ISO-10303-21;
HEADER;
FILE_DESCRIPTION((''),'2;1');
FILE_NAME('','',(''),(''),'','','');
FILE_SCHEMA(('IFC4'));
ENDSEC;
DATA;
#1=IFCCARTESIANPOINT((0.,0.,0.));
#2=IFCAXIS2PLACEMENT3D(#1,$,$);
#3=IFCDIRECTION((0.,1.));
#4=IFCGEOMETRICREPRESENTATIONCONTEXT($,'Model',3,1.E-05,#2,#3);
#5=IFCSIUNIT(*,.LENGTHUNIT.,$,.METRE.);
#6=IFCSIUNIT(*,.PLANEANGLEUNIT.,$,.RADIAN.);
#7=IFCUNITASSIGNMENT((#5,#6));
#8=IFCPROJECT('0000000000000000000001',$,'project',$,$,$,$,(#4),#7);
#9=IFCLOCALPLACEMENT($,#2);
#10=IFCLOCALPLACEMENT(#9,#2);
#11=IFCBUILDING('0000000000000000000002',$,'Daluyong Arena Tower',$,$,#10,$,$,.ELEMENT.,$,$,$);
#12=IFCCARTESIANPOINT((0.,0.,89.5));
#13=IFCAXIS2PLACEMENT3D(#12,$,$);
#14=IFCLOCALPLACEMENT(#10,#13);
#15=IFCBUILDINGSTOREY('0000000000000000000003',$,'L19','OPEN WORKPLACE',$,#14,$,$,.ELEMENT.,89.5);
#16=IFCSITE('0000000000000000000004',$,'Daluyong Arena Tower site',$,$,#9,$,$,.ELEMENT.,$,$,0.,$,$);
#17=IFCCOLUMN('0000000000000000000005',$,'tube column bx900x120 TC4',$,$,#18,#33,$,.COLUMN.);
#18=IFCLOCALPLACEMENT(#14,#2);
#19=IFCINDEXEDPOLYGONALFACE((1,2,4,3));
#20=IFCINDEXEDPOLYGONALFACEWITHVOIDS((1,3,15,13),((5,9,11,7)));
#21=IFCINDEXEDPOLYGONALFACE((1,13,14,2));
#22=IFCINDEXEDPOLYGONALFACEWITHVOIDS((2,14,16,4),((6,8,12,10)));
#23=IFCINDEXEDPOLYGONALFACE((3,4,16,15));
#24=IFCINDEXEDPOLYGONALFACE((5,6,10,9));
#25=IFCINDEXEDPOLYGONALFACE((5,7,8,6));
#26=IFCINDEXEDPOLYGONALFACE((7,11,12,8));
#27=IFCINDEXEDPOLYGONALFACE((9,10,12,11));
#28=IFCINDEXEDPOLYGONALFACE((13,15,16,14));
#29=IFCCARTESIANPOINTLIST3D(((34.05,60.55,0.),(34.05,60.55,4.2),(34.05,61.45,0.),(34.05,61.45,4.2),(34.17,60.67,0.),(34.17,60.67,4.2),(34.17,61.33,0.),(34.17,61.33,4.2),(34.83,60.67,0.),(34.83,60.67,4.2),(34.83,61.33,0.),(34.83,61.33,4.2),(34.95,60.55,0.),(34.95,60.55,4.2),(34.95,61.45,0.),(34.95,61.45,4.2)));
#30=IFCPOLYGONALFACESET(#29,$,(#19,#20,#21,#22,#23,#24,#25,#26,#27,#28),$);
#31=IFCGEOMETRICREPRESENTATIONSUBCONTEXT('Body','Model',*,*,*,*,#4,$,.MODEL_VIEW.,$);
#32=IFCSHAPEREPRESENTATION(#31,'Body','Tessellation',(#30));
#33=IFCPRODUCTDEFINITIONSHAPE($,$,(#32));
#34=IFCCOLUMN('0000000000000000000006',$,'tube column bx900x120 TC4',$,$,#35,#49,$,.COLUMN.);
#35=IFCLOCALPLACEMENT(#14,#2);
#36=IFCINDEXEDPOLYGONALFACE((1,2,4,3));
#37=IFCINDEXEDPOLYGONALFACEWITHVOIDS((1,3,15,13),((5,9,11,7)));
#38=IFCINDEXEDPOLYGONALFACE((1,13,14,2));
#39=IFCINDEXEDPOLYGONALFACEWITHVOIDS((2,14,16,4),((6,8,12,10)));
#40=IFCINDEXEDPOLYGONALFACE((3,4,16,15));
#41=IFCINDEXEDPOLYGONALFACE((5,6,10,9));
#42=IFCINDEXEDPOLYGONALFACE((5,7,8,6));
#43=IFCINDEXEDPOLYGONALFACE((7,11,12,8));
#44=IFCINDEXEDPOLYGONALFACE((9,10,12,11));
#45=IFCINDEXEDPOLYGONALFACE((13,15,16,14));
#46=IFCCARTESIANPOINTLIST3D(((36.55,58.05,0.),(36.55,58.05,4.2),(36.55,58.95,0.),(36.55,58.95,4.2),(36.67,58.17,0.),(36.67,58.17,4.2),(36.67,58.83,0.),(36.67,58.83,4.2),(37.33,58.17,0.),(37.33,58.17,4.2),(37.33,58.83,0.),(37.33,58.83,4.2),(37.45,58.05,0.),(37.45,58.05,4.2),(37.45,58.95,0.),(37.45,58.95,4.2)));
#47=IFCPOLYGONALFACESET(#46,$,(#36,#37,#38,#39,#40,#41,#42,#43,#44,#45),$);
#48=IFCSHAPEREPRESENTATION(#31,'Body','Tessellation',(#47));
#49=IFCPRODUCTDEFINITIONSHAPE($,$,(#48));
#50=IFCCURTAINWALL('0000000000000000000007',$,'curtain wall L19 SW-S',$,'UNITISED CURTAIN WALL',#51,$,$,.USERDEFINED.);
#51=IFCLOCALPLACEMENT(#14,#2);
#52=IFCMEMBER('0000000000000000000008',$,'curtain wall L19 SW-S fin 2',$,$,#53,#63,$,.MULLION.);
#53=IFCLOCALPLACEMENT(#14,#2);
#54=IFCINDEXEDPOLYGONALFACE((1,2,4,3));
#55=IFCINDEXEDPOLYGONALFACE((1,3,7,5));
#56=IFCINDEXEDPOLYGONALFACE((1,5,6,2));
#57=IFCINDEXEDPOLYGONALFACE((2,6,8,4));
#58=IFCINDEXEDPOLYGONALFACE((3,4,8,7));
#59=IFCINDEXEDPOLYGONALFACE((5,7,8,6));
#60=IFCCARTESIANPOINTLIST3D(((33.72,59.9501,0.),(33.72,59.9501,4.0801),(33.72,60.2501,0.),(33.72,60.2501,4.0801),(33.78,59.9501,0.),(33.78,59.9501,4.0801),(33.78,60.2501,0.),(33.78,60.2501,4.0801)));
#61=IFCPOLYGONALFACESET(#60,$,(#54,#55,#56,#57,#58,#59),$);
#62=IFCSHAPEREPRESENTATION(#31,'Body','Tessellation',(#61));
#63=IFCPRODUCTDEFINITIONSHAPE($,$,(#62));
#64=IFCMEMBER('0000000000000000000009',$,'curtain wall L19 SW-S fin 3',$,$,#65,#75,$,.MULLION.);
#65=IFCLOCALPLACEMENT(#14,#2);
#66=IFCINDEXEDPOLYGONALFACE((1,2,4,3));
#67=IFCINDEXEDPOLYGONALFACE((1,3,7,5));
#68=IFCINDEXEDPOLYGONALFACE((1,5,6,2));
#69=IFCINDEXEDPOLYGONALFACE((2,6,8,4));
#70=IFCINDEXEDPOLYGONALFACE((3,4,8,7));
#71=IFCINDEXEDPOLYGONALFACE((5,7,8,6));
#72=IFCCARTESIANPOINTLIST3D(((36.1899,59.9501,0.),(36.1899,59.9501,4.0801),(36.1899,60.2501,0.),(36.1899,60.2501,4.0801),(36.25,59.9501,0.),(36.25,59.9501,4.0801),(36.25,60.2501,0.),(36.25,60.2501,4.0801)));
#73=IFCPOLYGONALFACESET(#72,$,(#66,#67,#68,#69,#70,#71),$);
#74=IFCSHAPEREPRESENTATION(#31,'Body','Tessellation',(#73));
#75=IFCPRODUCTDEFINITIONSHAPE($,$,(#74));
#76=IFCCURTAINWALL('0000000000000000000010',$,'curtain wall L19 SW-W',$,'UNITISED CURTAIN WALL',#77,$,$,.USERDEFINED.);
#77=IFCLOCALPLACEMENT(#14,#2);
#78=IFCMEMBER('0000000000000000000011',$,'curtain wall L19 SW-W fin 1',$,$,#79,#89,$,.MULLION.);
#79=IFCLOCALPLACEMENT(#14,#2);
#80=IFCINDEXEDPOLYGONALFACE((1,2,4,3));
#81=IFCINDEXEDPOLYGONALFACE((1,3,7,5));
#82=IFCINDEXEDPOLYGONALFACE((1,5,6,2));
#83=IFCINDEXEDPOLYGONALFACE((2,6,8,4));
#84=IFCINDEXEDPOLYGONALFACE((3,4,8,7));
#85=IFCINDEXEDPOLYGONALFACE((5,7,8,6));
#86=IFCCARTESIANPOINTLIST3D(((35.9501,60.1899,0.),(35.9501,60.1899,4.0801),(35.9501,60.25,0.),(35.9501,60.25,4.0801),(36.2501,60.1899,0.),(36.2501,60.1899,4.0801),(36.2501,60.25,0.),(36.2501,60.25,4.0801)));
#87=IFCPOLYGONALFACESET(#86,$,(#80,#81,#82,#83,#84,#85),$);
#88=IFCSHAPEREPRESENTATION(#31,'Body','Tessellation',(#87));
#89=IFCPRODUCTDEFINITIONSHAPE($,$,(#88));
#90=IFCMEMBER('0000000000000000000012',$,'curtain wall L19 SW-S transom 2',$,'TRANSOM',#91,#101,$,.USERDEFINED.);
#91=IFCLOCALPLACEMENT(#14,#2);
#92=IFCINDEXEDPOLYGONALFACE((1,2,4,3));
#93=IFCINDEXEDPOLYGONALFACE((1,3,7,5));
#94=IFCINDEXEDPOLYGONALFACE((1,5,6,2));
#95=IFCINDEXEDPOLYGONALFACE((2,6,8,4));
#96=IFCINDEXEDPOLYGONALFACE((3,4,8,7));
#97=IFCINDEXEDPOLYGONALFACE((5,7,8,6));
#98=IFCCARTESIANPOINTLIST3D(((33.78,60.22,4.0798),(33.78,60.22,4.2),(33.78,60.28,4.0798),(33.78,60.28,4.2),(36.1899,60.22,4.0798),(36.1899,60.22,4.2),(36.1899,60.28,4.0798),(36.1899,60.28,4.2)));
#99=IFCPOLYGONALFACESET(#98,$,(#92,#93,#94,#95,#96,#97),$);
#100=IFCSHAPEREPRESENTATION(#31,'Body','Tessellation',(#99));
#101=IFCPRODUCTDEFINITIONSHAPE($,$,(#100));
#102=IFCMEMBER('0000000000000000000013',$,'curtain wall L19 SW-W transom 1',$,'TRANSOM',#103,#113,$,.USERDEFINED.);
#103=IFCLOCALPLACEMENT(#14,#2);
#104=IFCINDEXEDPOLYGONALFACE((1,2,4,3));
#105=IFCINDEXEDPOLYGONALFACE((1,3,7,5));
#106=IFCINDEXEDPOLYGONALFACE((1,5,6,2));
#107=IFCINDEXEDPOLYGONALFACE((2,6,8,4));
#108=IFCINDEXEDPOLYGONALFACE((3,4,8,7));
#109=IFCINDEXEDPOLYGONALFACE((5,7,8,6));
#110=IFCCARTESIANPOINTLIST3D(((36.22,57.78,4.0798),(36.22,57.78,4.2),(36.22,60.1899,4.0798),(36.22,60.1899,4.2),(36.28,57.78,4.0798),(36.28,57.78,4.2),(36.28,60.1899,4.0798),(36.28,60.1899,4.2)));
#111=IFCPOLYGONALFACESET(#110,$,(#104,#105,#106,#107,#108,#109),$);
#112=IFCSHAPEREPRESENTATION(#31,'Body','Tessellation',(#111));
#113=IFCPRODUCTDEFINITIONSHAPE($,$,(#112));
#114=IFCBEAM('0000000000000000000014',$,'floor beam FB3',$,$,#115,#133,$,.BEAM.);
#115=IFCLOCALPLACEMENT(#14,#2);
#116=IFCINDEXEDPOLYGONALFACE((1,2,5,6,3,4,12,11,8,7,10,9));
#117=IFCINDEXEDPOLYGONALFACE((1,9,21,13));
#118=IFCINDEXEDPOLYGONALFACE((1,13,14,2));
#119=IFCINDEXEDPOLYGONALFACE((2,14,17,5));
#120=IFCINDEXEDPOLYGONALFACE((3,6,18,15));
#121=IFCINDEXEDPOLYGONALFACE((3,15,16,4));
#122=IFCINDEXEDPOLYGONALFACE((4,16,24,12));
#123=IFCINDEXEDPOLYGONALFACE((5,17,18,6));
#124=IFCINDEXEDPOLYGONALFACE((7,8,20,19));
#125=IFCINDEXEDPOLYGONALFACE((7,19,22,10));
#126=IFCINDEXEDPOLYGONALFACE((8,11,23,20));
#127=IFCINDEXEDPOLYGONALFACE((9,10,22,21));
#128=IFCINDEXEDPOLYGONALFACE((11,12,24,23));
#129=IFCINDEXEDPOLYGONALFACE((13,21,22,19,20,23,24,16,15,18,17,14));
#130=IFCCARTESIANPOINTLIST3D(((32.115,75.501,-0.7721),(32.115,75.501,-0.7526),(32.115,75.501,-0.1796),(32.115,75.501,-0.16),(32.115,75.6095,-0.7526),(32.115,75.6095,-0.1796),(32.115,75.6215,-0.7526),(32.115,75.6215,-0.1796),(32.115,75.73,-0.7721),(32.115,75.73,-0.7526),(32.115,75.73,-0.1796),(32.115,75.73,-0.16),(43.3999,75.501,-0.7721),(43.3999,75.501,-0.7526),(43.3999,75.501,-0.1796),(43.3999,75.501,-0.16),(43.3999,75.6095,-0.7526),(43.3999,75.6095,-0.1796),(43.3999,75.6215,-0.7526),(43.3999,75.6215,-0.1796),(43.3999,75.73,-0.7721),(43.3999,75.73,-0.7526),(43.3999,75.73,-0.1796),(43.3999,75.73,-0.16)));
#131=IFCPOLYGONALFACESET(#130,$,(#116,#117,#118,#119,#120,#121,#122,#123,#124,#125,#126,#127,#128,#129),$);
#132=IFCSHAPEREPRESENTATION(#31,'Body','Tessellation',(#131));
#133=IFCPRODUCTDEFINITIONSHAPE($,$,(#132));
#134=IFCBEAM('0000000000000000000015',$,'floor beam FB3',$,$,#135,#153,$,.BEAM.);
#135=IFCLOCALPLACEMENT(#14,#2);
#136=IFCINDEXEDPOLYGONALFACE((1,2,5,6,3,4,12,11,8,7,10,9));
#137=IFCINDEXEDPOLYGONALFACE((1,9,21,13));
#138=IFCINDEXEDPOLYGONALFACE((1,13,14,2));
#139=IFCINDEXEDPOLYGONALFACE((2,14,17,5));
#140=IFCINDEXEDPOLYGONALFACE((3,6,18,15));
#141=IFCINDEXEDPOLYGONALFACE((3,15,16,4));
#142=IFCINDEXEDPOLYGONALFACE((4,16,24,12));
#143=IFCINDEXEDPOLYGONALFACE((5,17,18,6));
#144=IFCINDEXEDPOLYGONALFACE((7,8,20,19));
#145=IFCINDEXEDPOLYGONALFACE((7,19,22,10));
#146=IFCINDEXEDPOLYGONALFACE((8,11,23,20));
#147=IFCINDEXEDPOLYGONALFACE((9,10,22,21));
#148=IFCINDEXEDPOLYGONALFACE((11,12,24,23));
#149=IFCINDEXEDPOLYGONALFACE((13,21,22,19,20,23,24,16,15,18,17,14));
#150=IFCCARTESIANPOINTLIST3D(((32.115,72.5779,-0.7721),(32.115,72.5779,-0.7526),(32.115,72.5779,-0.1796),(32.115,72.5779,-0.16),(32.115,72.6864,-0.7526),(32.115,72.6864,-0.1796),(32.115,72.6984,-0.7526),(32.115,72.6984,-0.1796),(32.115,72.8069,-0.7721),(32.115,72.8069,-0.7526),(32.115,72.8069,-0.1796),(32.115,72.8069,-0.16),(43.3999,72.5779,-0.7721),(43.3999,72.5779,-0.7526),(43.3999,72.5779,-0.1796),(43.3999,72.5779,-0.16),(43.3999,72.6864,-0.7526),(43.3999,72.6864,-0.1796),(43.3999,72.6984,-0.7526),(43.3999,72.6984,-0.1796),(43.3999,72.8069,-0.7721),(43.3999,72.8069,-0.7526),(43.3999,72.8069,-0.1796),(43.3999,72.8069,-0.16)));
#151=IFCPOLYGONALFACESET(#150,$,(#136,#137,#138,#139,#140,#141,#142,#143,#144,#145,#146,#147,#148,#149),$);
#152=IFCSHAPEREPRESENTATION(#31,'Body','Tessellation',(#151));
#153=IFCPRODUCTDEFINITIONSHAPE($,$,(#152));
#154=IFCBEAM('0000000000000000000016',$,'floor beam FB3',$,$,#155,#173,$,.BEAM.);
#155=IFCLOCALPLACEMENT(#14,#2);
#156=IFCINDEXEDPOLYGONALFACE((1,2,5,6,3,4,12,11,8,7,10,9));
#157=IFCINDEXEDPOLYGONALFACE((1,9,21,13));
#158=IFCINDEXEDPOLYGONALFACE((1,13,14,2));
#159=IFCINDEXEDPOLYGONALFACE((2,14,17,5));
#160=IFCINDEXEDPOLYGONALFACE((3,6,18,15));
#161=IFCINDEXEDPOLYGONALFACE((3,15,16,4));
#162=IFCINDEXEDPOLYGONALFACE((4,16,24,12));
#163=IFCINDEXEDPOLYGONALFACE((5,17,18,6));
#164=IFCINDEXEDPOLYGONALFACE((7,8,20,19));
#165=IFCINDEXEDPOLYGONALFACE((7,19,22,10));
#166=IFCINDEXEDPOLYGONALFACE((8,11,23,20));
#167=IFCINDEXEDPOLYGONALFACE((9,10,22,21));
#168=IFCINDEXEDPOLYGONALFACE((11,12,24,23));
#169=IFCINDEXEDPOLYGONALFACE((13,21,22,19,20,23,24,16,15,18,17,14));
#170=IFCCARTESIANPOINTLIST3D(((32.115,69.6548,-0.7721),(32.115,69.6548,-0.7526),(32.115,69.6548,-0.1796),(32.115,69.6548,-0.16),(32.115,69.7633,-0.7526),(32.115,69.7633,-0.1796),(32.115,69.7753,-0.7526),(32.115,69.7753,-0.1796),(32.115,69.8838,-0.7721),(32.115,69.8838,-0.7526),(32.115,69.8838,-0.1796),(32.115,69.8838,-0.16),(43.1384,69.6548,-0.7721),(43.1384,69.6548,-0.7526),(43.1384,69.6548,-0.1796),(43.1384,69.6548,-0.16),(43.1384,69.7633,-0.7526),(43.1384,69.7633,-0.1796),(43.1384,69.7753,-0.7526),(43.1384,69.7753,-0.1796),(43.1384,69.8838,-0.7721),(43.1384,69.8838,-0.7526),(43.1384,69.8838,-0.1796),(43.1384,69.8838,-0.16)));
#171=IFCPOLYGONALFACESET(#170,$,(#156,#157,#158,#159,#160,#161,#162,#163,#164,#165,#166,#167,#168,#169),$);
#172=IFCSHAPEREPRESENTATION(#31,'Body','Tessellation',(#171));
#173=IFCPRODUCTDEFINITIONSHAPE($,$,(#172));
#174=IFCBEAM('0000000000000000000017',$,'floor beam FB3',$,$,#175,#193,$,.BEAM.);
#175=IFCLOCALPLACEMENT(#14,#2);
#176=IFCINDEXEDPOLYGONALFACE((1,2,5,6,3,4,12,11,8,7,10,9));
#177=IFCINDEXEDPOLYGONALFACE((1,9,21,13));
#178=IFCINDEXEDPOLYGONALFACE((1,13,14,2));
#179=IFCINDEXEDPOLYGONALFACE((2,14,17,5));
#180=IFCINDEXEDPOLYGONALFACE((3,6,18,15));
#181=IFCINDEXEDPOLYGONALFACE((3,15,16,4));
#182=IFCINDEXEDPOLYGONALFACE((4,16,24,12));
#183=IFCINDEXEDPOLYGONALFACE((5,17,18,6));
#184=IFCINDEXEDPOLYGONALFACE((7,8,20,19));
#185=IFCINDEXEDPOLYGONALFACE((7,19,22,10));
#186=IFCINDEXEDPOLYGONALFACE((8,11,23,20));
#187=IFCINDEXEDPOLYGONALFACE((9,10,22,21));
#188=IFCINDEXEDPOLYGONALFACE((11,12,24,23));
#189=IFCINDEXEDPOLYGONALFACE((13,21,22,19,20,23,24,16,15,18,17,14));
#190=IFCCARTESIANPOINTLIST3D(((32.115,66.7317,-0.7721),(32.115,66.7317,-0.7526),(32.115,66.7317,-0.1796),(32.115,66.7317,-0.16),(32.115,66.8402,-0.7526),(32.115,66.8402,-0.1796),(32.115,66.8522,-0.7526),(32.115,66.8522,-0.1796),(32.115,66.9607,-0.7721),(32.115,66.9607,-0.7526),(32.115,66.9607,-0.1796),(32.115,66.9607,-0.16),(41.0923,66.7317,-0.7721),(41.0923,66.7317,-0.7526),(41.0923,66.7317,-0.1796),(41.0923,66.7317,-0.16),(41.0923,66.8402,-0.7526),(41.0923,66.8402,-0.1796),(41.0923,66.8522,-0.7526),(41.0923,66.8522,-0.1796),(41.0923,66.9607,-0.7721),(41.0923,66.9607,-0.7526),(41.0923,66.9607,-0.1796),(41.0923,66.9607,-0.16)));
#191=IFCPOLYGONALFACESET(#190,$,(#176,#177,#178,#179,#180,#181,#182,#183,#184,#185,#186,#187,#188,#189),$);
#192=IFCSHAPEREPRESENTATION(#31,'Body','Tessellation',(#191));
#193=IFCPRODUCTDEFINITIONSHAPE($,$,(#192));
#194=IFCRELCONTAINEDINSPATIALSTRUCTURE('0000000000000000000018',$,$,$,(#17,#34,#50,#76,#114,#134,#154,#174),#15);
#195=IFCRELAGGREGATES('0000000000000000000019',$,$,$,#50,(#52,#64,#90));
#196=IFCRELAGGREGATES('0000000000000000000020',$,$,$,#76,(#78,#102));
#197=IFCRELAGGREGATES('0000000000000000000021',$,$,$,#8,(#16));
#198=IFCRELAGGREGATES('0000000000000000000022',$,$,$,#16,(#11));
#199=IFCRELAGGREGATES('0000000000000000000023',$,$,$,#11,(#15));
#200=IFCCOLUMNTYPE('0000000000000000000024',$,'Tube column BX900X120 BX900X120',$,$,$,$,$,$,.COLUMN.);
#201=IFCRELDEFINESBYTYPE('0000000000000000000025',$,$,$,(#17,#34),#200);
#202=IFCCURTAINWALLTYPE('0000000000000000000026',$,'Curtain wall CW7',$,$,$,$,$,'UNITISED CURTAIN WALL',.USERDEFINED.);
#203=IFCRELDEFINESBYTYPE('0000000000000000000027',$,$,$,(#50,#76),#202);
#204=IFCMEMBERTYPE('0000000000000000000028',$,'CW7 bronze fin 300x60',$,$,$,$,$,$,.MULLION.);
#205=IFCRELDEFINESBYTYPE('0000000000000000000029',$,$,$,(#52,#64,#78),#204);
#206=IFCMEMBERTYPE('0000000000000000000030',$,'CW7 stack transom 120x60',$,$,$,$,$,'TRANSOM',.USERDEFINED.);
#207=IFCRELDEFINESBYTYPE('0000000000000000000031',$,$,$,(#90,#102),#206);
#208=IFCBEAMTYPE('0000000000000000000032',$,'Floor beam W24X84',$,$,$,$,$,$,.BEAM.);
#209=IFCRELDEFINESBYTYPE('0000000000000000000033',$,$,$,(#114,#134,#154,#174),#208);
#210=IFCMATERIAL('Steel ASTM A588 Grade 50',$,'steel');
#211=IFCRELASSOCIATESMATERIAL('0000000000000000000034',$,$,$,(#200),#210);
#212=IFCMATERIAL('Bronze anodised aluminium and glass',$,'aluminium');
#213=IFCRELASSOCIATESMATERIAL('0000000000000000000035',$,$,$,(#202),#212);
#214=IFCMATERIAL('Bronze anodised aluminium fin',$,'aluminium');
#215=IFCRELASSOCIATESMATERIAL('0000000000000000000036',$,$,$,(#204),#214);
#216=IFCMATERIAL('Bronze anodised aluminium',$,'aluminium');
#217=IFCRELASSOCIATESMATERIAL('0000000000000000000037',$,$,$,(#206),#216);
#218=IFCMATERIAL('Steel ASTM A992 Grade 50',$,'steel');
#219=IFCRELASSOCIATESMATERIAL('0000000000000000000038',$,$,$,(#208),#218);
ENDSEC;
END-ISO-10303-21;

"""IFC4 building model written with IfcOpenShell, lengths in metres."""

from ifc_helpers import new_model, si_unit, direction, frame, origin, origin_2d, place, context, subcontext, project, spatial, rectangle, hollow_rectangle, i_section, extrude, material, material_profile, profile_set, type_object, element, aggregate, save


model = new_model("IFC4")

# Units and contexts
model_context = context("Model", 3, precision=1e-05, world=origin(), true_north=direction((0.0, 1.0)))
body_context = subcontext(model_context, "Body", "Model", "MODEL_VIEW")
ifc_project = project(units=[si_unit("LENGTHUNIT", "METRE"), si_unit("PLANEANGLEUNIT", "RADIAN")], contexts=[model_context])

# Site, building, storey
site_placement = place(None, origin())
site = spatial("IfcSite", under=ifc_project, at=site_placement, Name="Daluyong Arena Tower site", CompositionType="ELEMENT", RefElevation=0.0)
building_placement = place(site_placement, origin())
building = spatial("IfcBuilding", under=site, at=building_placement, Name="Daluyong Arena Tower", CompositionType="ELEMENT")
storey_placement = place(building_placement, frame((0.0, 0.0, 89.5)))
storey = spatial("IfcBuildingStorey", under=building, at=storey_placement, Name="L19", Description="OPEN WORKPLACE", CompositionType="ELEMENT", Elevation=89.5)

# Columns
ifc_material_1 = material(Name="Steel ASTM A588 Grade 50", Category="steel")
ifc_material_profile_1 = material_profile(ifc_material_1, hollow_rectangle(XDim=0.8999, YDim=0.8999, WallThickness=0.12, at=origin_2d()))
ifc_profile_set_1 = profile_set([ifc_material_profile_1], Name="Steel ASTM A588 Grade 50")
column_type = type_object("IfcColumnType", Name="Tube column BX900X120 BX900X120", PredefinedType="COLUMN", material=ifc_profile_set_1)
for number, where, z_axis, x_axis, name in (
    (1, (34.5, 61.0, 0.0), (0.0, 0.0, 1.0), (1.0, 0.0, 0.0), "tube column bx900x120 TC4"),
    (2, (37.0, 58.5, 0.0), (0.0, 0.0, 1.0), (0.0, 1.0, 0.0), "tube column bx900x120 TC4"),
):
    element("IfcColumn", number, at=place(storey_placement, frame(where, z_axis=z_axis, x_axis=x_axis)), inside=storey, type_object=column_type, Name=name, PredefinedType="COLUMN", context=body_context, shape_type="SweptSolid", body=[
        extrude(hollow_rectangle(XDim=0.8999, YDim=0.8999, WallThickness=0.12, at=origin_2d()), origin(), (0.0, 0.0, 1.0), 4.2),
    ])

# Curtain wall, members
ifc_material_2 = material(Name="Bronze anodised aluminium and glass", Category="aluminium")
curtain_wall_type = type_object("IfcCurtainWallType", Name="Curtain wall CW7", ElementType="UNITISED CURTAIN WALL", PredefinedType="USERDEFINED", material=ifc_material_2)
curtain_wall_1_placement = place(storey_placement, origin())
curtain_wall_1 = element("IfcCurtainWall", 3, at=curtain_wall_1_placement, inside=storey, type_object=curtain_wall_type, Name="curtain wall L19 SW-S", ObjectType="UNITISED CURTAIN WALL", PredefinedType="USERDEFINED")
ifc_material_3 = material(Name="Bronze anodised aluminium fin", Category="aluminium")
ifc_material_profile_2 = material_profile(ifc_material_3, rectangle(XDim=0.3, YDim=0.0601, at=origin_2d()))
ifc_profile_set_2 = profile_set([ifc_material_profile_2], Name="Bronze anodised aluminium fin")
member_type_1 = type_object("IfcMemberType", Name="CW7 bronze fin 300x60", PredefinedType="MULLION", material=ifc_profile_set_2)
member_1_placement = place(storey_placement, frame((33.75, 60.1001, 0.0), z_axis=(0.0, 0.0, 1.0), x_axis=(0.0, 1.0, 0.0)))
member_1 = element("IfcMember", 4, at=member_1_placement, type_object=member_type_1, Name="curtain wall L19 SW-S fin 2", PredefinedType="MULLION", context=body_context, shape_type="SweptSolid", body=[
    extrude(rectangle(XDim=0.3, YDim=0.0601, at=origin_2d()), origin(), (0.0, 0.0, 1.0), 4.0801),
])
member_2_placement = place(storey_placement, frame((36.22, 60.1001, 0.0), z_axis=(0.0, 0.0, 1.0), x_axis=(0.0, 1.0, 0.0)))
member_2 = element("IfcMember", 5, at=member_2_placement, type_object=member_type_1, Name="curtain wall L19 SW-S fin 3", PredefinedType="MULLION", context=body_context, shape_type="SweptSolid", body=[
    extrude(rectangle(XDim=0.3, YDim=0.0601, at=origin_2d()), origin(), (0.0, 0.0, 1.0), 4.0801),
])

# Curtain wall, member
curtain_wall_2_placement = place(storey_placement, origin())
curtain_wall_2 = element("IfcCurtainWall", 6, at=curtain_wall_2_placement, inside=storey, type_object=curtain_wall_type, Name="curtain wall L19 SW-W", ObjectType="UNITISED CURTAIN WALL", PredefinedType="USERDEFINED")
member_3_placement = place(storey_placement, frame((36.1001, 60.22, 0.0), z_axis=(0.0, 0.0, 1.0), x_axis=(1.0, 0.0, 0.0)))
member_3 = element("IfcMember", 7, at=member_3_placement, type_object=member_type_1, Name="curtain wall L19 SW-W fin 1", PredefinedType="MULLION", context=body_context, shape_type="SweptSolid", body=[
    extrude(rectangle(XDim=0.3, YDim=0.0601, at=origin_2d()), origin(), (0.0, 0.0, 1.0), 4.0801),
])

# Members
ifc_material_4 = material(Name="Bronze anodised aluminium", Category="aluminium")
ifc_material_profile_3 = material_profile(ifc_material_4, rectangle(XDim=0.0601, YDim=0.1201, at=origin_2d()))
ifc_profile_set_3 = profile_set([ifc_material_profile_3], Name="Bronze anodised aluminium")
member_type_2 = type_object("IfcMemberType", Name="CW7 stack transom 120x60", ElementType="TRANSOM", PredefinedType="USERDEFINED", material=ifc_profile_set_3)
member_4_placement = place(storey_placement, frame((33.78, 60.25, 4.1399), z_axis=(1.0, 0.0, 0.0), x_axis=(0.0, 1.0, 0.0)))
member_4 = element("IfcMember", 8, at=member_4_placement, type_object=member_type_2, Name="curtain wall L19 SW-S transom 2", ObjectType="TRANSOM", PredefinedType="USERDEFINED", context=body_context, shape_type="SweptSolid", body=[
    extrude(rectangle(XDim=0.0601, YDim=0.1201, at=origin_2d()), origin(), (0.0, 0.0, 1.0), 2.4099),
])
member_5_placement = place(storey_placement, frame((36.25, 60.1899, 4.1399), z_axis=(0.0, -1.0, 0.0), x_axis=(1.0, 0.0, 0.0)))
member_5 = element("IfcMember", 9, at=member_5_placement, type_object=member_type_2, Name="curtain wall L19 SW-W transom 1", ObjectType="TRANSOM", PredefinedType="USERDEFINED", context=body_context, shape_type="SweptSolid", body=[
    extrude(rectangle(XDim=0.0601, YDim=0.1201, at=origin_2d()), origin(), (0.0, 0.0, 1.0), 2.4099),
])

# Beams
ifc_material_5 = material(Name="Steel ASTM A992 Grade 50", Category="steel")
ifc_material_profile_4 = material_profile(ifc_material_5, i_section(OverallWidth=0.229, OverallDepth=0.6121, WebThickness=0.012, FlangeThickness=0.0195, at=origin_2d()))
ifc_profile_set_4 = profile_set([ifc_material_profile_4], Name="Steel ASTM A992 Grade 50")
beam_type_1 = type_object("IfcBeamType", Name="Floor beam W24X84", PredefinedType="BEAM", material=ifc_profile_set_4)
for number, where, z_axis, x_axis, name in (
    (10, (32.115, 75.6155, -0.4661), (1.0, 0.0, 0.0), (0.0, 1.0, 0.0), "floor beam FB3"),
    (11, (32.115, 72.6924, -0.4661), (1.0, 0.0, 0.0), (0.0, 1.0, 0.0), "floor beam FB3"),
):
    element("IfcBeam", number, at=place(storey_placement, frame(where, z_axis=z_axis, x_axis=x_axis)), inside=storey, type_object=beam_type_1, Name=name, PredefinedType="BEAM", context=body_context, shape_type="SweptSolid", body=[
        extrude(i_section(OverallWidth=0.229, OverallDepth=0.6121, WebThickness=0.012, FlangeThickness=0.0195, at=origin_2d()), origin(), (0.0, 0.0, 1.0), 11.2849),
    ])
beam_1_placement = place(storey_placement, frame((32.115, 69.7693, -0.4661), z_axis=(1.0, 0.0, 0.0), x_axis=(0.0, 1.0, 0.0)))
element("IfcBeam", 12, at=beam_1_placement, inside=storey, type_object=beam_type_1, Name="floor beam FB3", PredefinedType="BEAM", context=body_context, shape_type="SweptSolid", body=[
    extrude(i_section(OverallWidth=0.229, OverallDepth=0.6121, WebThickness=0.012, FlangeThickness=0.0195, at=origin_2d()), origin(), (0.0, 0.0, 1.0), 11.0234),
])
beam_2_placement = place(storey_placement, frame((32.115, 66.8462, -0.4661), z_axis=(1.0, 0.0, 0.0), x_axis=(0.0, 1.0, 0.0)))
element("IfcBeam", 13, at=beam_2_placement, inside=storey, type_object=beam_type_1, Name="floor beam FB3", PredefinedType="BEAM", context=body_context, shape_type="SweptSolid", body=[
    extrude(i_section(OverallWidth=0.229, OverallDepth=0.6121, WebThickness=0.012, FlangeThickness=0.0195, at=origin_2d()), origin(), (0.0, 0.0, 1.0), 8.9773),
])

aggregate(curtain_wall_1, [member_1, member_2, member_4])
aggregate(curtain_wall_2, [member_3, member_5])

save(model, "model.ifc")
